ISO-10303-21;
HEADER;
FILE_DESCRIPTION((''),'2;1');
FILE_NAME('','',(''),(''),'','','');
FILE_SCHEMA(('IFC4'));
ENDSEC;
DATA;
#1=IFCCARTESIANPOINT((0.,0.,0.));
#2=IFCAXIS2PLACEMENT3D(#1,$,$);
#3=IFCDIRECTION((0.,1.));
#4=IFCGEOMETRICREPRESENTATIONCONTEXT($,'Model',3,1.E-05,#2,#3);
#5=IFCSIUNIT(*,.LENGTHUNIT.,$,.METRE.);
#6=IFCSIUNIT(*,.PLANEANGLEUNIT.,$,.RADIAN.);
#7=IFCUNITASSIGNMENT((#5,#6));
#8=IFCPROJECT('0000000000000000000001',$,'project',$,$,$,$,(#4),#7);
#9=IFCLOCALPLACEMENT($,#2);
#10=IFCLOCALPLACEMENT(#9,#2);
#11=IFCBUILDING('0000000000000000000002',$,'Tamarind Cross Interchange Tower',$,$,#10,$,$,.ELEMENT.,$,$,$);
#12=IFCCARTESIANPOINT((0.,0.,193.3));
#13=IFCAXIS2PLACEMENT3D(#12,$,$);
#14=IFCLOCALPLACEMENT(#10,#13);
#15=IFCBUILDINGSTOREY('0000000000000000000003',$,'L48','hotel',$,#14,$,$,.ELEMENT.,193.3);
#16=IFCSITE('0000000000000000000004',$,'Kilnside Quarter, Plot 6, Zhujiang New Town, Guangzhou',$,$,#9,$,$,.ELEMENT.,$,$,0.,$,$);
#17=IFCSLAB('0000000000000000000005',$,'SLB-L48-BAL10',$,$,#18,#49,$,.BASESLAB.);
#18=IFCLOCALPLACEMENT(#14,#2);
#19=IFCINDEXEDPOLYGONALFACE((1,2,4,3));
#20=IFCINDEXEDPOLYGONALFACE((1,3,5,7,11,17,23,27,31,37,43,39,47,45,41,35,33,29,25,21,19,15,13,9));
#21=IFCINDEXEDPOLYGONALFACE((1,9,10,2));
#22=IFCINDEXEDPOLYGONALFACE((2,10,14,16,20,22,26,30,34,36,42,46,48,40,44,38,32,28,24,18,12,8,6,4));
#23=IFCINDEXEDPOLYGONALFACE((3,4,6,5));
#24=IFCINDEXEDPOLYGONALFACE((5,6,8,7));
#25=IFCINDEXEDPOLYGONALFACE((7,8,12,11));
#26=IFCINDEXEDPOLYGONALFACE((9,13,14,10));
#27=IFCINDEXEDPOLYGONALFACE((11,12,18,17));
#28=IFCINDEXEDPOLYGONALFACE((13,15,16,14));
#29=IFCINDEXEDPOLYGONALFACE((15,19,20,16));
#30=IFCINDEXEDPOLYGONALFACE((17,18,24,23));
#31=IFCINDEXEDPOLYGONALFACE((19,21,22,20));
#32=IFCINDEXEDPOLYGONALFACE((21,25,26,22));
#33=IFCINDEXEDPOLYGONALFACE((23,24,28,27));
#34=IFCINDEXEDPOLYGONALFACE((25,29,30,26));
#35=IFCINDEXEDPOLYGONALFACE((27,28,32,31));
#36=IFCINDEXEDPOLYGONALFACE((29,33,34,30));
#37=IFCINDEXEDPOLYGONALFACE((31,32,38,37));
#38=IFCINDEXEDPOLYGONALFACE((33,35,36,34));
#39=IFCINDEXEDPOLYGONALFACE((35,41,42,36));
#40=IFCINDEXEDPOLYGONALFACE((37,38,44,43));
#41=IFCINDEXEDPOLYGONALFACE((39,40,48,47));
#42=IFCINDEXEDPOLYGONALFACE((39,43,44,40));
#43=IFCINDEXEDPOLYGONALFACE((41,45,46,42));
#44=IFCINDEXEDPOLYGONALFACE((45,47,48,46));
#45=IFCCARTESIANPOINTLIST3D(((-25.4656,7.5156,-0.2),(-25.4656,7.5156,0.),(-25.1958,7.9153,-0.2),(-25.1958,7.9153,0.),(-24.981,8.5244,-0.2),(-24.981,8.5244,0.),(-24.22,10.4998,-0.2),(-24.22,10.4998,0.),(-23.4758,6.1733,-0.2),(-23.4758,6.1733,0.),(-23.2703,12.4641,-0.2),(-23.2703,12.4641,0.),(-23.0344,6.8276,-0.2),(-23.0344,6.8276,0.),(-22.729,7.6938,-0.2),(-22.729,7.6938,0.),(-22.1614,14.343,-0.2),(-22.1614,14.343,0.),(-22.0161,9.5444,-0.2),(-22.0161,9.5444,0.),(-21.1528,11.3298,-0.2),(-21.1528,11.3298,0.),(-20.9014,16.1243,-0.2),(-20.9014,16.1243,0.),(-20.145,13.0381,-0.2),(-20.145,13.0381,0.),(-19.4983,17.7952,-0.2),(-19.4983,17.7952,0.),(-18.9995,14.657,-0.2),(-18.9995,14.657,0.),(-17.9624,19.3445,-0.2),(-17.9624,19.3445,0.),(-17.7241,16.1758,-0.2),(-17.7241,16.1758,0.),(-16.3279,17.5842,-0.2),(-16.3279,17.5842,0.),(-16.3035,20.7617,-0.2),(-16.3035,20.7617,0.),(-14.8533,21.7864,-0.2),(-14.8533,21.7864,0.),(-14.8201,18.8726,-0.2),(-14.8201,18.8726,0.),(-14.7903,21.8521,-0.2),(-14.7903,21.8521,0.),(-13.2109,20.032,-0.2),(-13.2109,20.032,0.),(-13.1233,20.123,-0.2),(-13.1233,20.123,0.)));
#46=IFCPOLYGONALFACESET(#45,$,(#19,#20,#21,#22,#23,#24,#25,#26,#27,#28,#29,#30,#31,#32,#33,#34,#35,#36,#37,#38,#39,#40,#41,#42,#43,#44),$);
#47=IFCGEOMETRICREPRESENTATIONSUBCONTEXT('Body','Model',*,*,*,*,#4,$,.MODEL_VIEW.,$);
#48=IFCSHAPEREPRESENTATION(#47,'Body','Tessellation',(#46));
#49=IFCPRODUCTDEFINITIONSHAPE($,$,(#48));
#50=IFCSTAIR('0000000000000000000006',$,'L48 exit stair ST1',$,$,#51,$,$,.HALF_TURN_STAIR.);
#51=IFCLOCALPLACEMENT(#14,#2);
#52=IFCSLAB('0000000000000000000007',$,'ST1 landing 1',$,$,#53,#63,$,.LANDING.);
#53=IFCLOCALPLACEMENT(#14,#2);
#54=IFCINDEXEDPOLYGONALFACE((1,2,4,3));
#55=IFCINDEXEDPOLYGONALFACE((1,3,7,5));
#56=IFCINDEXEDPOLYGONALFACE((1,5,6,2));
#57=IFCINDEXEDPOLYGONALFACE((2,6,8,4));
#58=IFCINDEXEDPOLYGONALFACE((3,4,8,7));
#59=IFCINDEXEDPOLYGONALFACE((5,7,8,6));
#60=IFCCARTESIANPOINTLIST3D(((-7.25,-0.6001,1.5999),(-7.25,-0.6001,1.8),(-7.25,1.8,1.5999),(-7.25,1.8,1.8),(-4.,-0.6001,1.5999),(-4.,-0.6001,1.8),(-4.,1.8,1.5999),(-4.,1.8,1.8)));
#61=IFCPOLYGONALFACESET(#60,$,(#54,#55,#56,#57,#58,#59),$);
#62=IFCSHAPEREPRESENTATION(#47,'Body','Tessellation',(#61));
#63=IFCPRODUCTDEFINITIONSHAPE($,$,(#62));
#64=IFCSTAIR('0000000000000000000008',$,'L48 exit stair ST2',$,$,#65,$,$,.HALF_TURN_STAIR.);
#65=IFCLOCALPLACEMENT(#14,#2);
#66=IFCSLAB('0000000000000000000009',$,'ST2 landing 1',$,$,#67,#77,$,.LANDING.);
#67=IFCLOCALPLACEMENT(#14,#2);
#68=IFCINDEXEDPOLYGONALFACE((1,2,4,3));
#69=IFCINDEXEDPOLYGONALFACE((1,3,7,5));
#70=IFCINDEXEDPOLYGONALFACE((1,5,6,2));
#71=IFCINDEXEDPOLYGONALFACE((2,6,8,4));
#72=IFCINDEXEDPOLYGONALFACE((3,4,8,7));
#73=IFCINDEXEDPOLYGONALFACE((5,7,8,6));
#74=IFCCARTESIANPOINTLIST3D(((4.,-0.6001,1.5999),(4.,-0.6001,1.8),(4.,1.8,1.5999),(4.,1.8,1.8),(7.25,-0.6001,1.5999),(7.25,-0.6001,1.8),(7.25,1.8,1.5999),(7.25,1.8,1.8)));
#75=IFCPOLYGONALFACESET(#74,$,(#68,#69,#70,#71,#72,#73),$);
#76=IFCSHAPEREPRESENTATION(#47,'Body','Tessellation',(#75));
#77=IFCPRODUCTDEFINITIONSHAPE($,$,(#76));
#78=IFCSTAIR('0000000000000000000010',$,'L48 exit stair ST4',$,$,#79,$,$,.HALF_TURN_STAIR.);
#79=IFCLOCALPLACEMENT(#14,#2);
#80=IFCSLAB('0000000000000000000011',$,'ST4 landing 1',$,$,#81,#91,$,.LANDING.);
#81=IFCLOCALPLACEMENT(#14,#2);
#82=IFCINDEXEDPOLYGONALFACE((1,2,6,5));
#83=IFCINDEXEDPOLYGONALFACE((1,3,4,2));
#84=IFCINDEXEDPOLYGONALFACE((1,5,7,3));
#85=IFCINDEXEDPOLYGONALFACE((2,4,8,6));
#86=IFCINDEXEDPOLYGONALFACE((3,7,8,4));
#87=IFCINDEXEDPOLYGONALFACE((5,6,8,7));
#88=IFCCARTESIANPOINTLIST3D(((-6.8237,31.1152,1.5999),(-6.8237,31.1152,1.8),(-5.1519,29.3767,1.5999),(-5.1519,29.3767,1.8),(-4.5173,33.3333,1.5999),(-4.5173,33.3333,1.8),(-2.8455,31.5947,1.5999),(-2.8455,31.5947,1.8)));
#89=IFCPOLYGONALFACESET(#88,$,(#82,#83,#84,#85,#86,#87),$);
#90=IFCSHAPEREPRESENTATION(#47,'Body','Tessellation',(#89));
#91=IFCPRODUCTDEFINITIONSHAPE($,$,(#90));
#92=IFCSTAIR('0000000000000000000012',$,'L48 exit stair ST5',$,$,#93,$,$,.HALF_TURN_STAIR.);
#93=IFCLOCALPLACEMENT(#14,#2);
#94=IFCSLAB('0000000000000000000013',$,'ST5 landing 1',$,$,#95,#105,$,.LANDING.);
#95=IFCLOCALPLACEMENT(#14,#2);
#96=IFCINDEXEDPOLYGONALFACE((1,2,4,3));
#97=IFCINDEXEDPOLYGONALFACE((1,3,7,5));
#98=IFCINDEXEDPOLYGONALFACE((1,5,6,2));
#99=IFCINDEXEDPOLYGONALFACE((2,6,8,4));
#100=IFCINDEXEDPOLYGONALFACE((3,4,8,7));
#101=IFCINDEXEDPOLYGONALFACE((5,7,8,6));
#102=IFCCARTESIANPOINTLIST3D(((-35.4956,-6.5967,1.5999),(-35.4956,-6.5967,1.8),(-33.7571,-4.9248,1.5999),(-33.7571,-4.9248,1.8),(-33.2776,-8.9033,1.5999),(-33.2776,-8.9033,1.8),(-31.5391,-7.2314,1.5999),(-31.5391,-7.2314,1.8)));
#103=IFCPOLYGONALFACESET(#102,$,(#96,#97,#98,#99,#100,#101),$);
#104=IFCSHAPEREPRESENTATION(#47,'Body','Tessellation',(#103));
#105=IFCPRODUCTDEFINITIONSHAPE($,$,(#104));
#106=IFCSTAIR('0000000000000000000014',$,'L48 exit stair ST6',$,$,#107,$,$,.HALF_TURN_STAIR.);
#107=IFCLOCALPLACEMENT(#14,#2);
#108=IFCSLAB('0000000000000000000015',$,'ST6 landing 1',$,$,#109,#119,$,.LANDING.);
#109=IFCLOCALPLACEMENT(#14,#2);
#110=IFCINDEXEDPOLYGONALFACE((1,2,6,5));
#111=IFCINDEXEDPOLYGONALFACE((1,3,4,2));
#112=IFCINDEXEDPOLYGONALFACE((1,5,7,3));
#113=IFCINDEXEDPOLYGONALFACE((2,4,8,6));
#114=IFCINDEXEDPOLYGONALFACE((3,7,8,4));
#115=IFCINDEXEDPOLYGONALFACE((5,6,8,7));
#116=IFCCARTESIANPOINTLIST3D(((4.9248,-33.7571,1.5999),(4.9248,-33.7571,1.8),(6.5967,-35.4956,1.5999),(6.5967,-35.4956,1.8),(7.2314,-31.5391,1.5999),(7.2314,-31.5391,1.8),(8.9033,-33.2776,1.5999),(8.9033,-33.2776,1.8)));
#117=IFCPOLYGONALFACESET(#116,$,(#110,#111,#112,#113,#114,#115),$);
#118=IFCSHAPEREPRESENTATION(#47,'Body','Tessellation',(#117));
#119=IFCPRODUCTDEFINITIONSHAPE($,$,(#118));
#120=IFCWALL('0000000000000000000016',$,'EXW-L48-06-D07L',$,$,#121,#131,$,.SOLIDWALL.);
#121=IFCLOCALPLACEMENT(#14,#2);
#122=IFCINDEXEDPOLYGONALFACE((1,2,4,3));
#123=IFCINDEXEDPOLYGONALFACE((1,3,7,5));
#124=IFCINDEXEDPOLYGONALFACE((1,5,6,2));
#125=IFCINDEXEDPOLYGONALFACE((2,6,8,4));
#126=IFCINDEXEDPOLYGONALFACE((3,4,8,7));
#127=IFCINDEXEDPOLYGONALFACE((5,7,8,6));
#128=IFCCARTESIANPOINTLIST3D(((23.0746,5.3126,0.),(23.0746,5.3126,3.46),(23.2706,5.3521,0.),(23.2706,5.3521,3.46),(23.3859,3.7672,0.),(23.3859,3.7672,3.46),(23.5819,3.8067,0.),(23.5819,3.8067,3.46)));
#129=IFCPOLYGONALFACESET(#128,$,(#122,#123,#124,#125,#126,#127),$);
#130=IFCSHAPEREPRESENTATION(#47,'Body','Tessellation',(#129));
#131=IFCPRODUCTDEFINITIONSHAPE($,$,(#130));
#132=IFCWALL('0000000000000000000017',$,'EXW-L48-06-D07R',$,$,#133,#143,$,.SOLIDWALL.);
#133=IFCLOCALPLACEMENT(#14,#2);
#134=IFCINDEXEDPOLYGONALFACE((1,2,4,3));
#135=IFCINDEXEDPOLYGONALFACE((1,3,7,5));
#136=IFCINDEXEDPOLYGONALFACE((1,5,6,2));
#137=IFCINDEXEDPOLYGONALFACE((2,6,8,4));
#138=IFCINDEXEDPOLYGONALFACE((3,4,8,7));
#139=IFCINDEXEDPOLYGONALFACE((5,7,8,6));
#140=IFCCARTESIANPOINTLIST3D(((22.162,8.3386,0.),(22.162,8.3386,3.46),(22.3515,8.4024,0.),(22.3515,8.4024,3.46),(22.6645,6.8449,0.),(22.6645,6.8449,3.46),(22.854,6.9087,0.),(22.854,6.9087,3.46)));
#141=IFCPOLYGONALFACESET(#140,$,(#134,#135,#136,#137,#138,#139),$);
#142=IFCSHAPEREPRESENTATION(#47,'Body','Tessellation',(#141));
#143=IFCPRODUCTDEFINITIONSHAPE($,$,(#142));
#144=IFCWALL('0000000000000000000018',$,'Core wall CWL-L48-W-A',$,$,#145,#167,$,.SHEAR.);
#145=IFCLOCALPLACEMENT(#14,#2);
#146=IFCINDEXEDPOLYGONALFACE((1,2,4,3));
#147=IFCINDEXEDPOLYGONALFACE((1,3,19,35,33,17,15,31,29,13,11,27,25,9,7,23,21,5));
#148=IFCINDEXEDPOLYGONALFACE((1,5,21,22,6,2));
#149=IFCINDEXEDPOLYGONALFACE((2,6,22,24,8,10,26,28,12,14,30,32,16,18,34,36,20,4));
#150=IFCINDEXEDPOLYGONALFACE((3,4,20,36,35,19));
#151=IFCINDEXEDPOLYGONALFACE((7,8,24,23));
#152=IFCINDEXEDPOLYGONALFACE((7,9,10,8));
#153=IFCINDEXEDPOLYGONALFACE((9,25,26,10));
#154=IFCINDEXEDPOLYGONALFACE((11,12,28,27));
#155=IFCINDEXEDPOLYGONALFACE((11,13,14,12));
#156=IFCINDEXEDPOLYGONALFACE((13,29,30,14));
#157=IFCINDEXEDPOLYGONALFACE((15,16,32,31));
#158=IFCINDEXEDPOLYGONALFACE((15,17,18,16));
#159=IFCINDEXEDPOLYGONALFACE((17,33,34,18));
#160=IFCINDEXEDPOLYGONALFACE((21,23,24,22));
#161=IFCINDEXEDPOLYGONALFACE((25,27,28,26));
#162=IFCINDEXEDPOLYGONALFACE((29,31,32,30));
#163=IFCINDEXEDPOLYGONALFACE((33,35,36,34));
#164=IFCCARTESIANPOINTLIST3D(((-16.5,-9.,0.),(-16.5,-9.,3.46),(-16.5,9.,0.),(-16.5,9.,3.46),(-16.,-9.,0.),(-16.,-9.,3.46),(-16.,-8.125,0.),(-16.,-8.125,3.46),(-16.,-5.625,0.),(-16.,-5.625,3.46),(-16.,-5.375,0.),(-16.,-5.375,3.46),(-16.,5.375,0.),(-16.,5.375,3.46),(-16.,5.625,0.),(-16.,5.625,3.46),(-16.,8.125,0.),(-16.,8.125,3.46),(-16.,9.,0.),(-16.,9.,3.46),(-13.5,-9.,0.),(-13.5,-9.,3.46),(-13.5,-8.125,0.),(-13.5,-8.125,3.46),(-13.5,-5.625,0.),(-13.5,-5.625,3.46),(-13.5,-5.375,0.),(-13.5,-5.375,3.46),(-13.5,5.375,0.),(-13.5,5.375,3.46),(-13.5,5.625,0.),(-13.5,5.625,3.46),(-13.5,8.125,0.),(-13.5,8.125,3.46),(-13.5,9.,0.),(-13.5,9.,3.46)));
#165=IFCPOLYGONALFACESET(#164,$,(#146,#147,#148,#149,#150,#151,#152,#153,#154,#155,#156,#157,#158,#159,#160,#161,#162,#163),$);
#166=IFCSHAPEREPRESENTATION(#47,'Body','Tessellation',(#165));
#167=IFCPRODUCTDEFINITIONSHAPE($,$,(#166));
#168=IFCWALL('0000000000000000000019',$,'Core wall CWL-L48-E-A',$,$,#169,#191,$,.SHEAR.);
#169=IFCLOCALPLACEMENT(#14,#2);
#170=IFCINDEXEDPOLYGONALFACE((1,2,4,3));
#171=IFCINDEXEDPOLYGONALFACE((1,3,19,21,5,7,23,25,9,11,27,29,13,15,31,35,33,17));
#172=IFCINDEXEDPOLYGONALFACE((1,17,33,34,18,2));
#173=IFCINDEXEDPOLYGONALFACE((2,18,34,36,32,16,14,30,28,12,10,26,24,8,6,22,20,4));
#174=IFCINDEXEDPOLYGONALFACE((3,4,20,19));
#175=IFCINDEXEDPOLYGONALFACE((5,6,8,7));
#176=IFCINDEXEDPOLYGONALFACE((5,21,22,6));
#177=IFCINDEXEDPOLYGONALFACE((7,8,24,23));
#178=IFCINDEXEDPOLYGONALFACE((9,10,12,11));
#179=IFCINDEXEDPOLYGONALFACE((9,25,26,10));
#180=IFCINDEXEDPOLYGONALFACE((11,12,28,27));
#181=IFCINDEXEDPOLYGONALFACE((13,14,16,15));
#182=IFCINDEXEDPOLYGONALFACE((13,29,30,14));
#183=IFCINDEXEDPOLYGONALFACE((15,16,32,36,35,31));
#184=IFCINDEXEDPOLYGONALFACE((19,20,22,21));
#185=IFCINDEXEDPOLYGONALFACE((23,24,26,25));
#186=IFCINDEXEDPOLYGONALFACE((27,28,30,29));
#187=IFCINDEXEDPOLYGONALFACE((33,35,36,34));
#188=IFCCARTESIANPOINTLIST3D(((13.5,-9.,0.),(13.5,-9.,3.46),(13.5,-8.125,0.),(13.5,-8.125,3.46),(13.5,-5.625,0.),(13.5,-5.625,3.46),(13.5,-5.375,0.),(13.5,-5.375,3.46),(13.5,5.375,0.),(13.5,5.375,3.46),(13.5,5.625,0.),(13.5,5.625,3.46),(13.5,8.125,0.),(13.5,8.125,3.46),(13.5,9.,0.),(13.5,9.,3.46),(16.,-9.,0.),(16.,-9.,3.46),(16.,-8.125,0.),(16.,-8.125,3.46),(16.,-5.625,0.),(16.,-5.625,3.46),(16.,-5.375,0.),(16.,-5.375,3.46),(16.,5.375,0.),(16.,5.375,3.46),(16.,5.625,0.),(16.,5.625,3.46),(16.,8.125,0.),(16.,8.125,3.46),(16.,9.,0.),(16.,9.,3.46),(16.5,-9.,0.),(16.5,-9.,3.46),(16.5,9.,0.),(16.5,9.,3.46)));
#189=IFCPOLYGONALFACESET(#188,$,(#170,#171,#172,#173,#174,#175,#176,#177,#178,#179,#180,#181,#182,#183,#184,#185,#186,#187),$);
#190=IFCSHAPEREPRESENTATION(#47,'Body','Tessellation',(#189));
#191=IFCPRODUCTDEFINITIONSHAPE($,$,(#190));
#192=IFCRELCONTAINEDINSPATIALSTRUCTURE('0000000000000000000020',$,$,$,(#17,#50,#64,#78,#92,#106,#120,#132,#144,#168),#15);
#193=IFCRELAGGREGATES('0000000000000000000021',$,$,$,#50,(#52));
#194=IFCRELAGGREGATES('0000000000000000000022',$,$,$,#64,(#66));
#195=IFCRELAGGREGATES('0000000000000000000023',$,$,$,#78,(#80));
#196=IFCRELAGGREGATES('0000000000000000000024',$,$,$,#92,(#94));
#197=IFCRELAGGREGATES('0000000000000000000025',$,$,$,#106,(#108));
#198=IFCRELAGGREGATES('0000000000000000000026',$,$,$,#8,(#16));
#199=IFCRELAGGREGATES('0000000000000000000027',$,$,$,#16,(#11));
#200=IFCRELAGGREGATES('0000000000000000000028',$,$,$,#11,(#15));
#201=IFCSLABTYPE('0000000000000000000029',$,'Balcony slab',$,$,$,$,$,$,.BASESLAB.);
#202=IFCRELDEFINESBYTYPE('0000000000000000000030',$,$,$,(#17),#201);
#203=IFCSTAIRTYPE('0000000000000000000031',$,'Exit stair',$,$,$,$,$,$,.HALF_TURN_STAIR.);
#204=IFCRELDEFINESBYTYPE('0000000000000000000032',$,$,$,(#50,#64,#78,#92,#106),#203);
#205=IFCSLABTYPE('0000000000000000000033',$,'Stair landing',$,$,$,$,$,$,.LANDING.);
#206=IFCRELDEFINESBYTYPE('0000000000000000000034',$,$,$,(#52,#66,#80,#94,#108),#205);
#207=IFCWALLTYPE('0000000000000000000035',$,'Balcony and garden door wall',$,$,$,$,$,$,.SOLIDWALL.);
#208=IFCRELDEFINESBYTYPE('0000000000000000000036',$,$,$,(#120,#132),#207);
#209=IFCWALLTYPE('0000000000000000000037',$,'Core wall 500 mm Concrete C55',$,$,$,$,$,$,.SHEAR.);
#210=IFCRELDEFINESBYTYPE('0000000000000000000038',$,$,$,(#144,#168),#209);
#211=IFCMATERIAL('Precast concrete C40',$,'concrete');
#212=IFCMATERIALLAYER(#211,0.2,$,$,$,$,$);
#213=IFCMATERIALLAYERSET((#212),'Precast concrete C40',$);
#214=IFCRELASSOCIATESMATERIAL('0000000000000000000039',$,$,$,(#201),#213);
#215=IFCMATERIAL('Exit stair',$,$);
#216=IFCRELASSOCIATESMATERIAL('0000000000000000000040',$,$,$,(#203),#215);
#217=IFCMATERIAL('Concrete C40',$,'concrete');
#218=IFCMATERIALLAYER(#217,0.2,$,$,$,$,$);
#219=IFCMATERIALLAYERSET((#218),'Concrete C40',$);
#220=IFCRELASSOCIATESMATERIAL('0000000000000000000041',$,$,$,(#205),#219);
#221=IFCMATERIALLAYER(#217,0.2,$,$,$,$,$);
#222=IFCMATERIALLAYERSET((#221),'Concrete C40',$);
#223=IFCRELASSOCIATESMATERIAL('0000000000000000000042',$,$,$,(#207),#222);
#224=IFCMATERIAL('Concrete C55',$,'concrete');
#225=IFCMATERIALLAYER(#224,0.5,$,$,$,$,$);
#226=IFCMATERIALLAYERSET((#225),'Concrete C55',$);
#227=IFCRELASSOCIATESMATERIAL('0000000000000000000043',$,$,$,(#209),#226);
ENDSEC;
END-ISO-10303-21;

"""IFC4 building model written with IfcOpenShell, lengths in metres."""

from ifc_helpers import new_model, si_unit, direction, frame, frame_2d, origin, place, context, subcontext, project, spatial, polyline, rectangle, outline, extrude, material, layer, layer_set, type_object, element, aggregate, save


model = new_model("IFC4")

# Units and contexts
model_context = context("Model", 3, precision=1e-05, world=origin(), true_north=direction((0.0, 1.0)))
body_context = subcontext(model_context, "Body", "Model", "MODEL_VIEW")
ifc_project = project(units=[si_unit("LENGTHUNIT", "METRE"), si_unit("PLANEANGLEUNIT", "RADIAN")], contexts=[model_context])

# Site, building, storey
site_placement = place(None, origin())
site = spatial("IfcSite", under=ifc_project, at=site_placement, Name="Kilnside Quarter, Plot 6, Zhujiang New Town, Guangzhou", CompositionType="ELEMENT", RefElevation=0.0)
building_placement = place(site_placement, origin())
building = spatial("IfcBuilding", under=site, at=building_placement, Name="Tamarind Cross Interchange Tower", CompositionType="ELEMENT")
storey_placement = place(building_placement, frame((0.0, 0.0, 193.3)))
storey = spatial("IfcBuildingStorey", under=building, at=storey_placement, Name="L48", Description="hotel", CompositionType="ELEMENT", Elevation=193.3)

# Shared definitions
ifc_material_1 = material(Name="Concrete C55", Category="concrete")

# Slab
ifc_material_2 = material(Name="Precast concrete C40", Category="concrete")
ifc_layer_1 = layer(ifc_material_2, 0.2)
ifc_layer_set_1 = layer_set([ifc_layer_1], Name="Precast concrete C40")
slab_type_1 = type_object("IfcSlabType", Name="Balcony slab", PredefinedType="BASESLAB", material=ifc_layer_set_1)
slab_1_placement = place(storey_placement, frame((0.0, 0.0, -0.2)))
element("IfcSlab", 1, at=slab_1_placement, inside=storey, type_object=slab_type_1, Name="SLB-L48-BAL10", PredefinedType="BASESLAB", context=body_context, shape_type="SweptSolid", body=[
    extrude(outline(polyline([(-13.1233, 20.123), (-13.2109, 20.032), (-14.8201, 18.8726), (-16.3279, 17.5842), (-17.7241, 16.1758), (-18.9995, 14.657), (-20.145, 13.0381), (-21.1528, 11.3298), (-22.0161, 9.5444), (-22.729, 7.6938), (-23.0344, 6.8276), (-23.4758, 6.1733), (-25.4656, 7.5156), (-25.1958, 7.9153), (-24.981, 8.5244), (-24.22, 10.4998), (-23.2703, 12.4641), (-22.1614, 14.343), (-20.9014, 16.1243), (-19.4983, 17.7952), (-17.9624, 19.3445), (-16.3035, 20.7617), (-14.7903, 21.8521), (-14.8533, 21.7864), (-13.1233, 20.123)])), origin(), (0.0, 0.0, 1.0), 0.2),
])

# Stairs, slabs
ifc_material_3 = material(Name="Exit stair")
stair_type = type_object("IfcStairType", Name="Exit stair", PredefinedType="HALF_TURN_STAIR", material=ifc_material_3)
stair_1_placement = place(storey_placement, origin())
stair_1 = element("IfcStair", 2, at=stair_1_placement, inside=storey, type_object=stair_type, Name="L48 exit stair ST1", PredefinedType="HALF_TURN_STAIR")
ifc_material_4 = material(Name="Concrete C40", Category="concrete")
ifc_layer_2 = layer(ifc_material_4, 0.2)
ifc_layer_set_2 = layer_set([ifc_layer_2], Name="Concrete C40")
slab_type_2 = type_object("IfcSlabType", Name="Stair landing", PredefinedType="LANDING", material=ifc_layer_set_2)
slab_2_placement = place(storey_placement, frame((0.0, 0.0, 1.5999)))
slab_2 = element("IfcSlab", 3, at=slab_2_placement, type_object=slab_type_2, Name="ST1 landing 1", PredefinedType="LANDING", context=body_context, shape_type="SweptSolid", body=[
    extrude(outline(polyline([(-4.0, -0.6001), (-4.0, 1.8), (-7.25, 1.8), (-7.25, -0.6001), (-4.0, -0.6001)])), origin(), (0.0, 0.0, 1.0), 0.2002),
])
aggregate(stair_1, [slab_2])
stair_2_placement = place(storey_placement, origin())
stair_2 = element("IfcStair", 4, at=stair_2_placement, inside=storey, type_object=stair_type, Name="L48 exit stair ST2", PredefinedType="HALF_TURN_STAIR")
slab_3_placement = place(storey_placement, frame((0.0, 0.0, 1.5999)))
slab_3 = element("IfcSlab", 5, at=slab_3_placement, type_object=slab_type_2, Name="ST2 landing 1", PredefinedType="LANDING", context=body_context, shape_type="SweptSolid", body=[
    extrude(outline(polyline([(7.25, -0.6001), (7.25, 1.8), (4.0, 1.8), (4.0, -0.6001), (7.25, -0.6001)])), origin(), (0.0, 0.0, 1.0), 0.2002),
])
aggregate(stair_2, [slab_3])
stair_3_placement = place(storey_placement, origin())
stair_3 = element("IfcStair", 6, at=stair_3_placement, inside=storey, type_object=stair_type, Name="L48 exit stair ST4", PredefinedType="HALF_TURN_STAIR")
slab_4_placement = place(storey_placement, frame((0.0, 0.0, 1.5999)))
slab_4 = element("IfcSlab", 7, at=slab_4_placement, type_object=slab_type_2, Name="ST4 landing 1", PredefinedType="LANDING", context=body_context, shape_type="SweptSolid", body=[
    extrude(outline(polyline([(-2.8455, 31.5947), (-4.5173, 33.3333), (-6.8237, 31.1152), (-5.1519, 29.3767), (-2.8455, 31.5947)])), origin(), (0.0, 0.0, 1.0), 0.2002),
])
aggregate(stair_3, [slab_4])
stair_4_placement = place(storey_placement, origin())
stair_4 = element("IfcStair", 8, at=stair_4_placement, inside=storey, type_object=stair_type, Name="L48 exit stair ST5", PredefinedType="HALF_TURN_STAIR")
slab_5_placement = place(storey_placement, frame((0.0, 0.0, 1.5999)))
slab_5 = element("IfcSlab", 9, at=slab_5_placement, type_object=slab_type_2, Name="ST5 landing 1", PredefinedType="LANDING", context=body_context, shape_type="SweptSolid", body=[
    extrude(outline(polyline([(-33.7571, -4.9248), (-35.4956, -6.5967), (-33.2776, -8.9033), (-31.5391, -7.2314), (-33.7571, -4.9248)])), origin(), (0.0, 0.0, 1.0), 0.2002),
])
aggregate(stair_4, [slab_5])
stair_5_placement = place(storey_placement, origin())
stair_5 = element("IfcStair", 10, at=stair_5_placement, inside=storey, type_object=stair_type, Name="L48 exit stair ST6", PredefinedType="HALF_TURN_STAIR")
slab_6_placement = place(storey_placement, frame((0.0, 0.0, 1.5999)))
slab_6 = element("IfcSlab", 11, at=slab_6_placement, type_object=slab_type_2, Name="ST6 landing 1", PredefinedType="LANDING", context=body_context, shape_type="SweptSolid", body=[
    extrude(outline(polyline([(4.9248, -33.7571), (6.5967, -35.4956), (8.9033, -33.2776), (7.2314, -31.5391), (4.9248, -33.7571)])), origin(), (0.0, 0.0, 1.0), 0.2002),
])
aggregate(stair_5, [slab_6])

# Walls
ifc_layer_3 = layer(ifc_material_4, 0.2)
ifc_layer_set_3 = layer_set([ifc_layer_3], Name="Concrete C40")
wall_type_1 = type_object("IfcWallType", Name="Balcony and garden door wall", PredefinedType="SOLIDWALL", material=ifc_layer_set_3)
wall_1_placement = place(storey_placement, frame((23.4839, 3.7871, 0.0), z_axis=(0.0, 0.0, 1.0), x_axis=(-0.197456, 0.980312, 0.0)))
element("IfcWall", 12, at=wall_1_placement, inside=storey, type_object=wall_type_1, Name="EXW-L48-06-D07L", PredefinedType="SOLIDWALL", context=body_context, shape_type="SweptSolid", body=[
    extrude(rectangle(XDim=1.5764, YDim=0.2, at=frame_2d((0.7881, 0.0))), origin(), (0.0, 0.0, 1.0), 3.46),
])
wall_2_placement = place(storey_placement, frame((22.7593, 6.8767, 0.0), z_axis=(0.0, 0.0, 1.0), x_axis=(-0.318829, 0.947812, 0.0)))
element("IfcWall", 13, at=wall_2_placement, inside=storey, type_object=wall_type_1, Name="EXW-L48-06-D07R", PredefinedType="SOLIDWALL", context=body_context, shape_type="SweptSolid", body=[
    extrude(rectangle(XDim=1.5759, YDim=0.2, at=frame_2d((0.7881, 0.0))), origin(), (0.0, 0.0, 1.0), 3.46),
])

# Walls
ifc_layer_4 = layer(ifc_material_1, 0.5)
ifc_layer_set_4 = layer_set([ifc_layer_4], Name="Concrete C55")
wall_type_2 = type_object("IfcWallType", Name="Core wall 500 mm Concrete C55", PredefinedType="SHEAR", material=ifc_layer_set_4)
wall_3_placement = place(storey_placement, origin())
element("IfcWall", 14, at=wall_3_placement, inside=storey, type_object=wall_type_2, Name="Core wall CWL-L48-W-A", PredefinedType="SHEAR", context=body_context, shape_type="SweptSolid", body=[
    extrude(outline(polyline([(-13.5, -8.125), (-16.0, -8.125), (-16.0, -5.625), (-13.5, -5.625), (-13.5, -5.375), (-16.0, -5.375), (-16.0, 5.375), (-13.5, 5.375), (-13.5, 5.625), (-16.0, 5.625), (-16.0, 8.125), (-13.5, 8.125), (-13.5, 9.0), (-16.0, 9.0), (-16.5, 9.0), (-16.5, -9.0), (-16.0, -9.0), (-13.5, -9.0), (-13.5, -8.125)])), origin(), (0.0, 0.0, 1.0), 3.46),
])
wall_4_placement = place(storey_placement, origin())
element("IfcWall", 15, at=wall_4_placement, inside=storey, type_object=wall_type_2, Name="Core wall CWL-L48-E-A", PredefinedType="SHEAR", context=body_context, shape_type="SweptSolid", body=[
    extrude(outline(polyline([(13.5, -8.125), (13.5, -9.0), (16.0, -9.0), (16.5, -9.0), (16.5, 9.0), (16.0, 9.0), (13.5, 9.0), (13.5, 8.125), (16.0, 8.125), (16.0, 5.625), (13.5, 5.625), (13.5, 5.375), (16.0, 5.375), (16.0, -5.375), (13.5, -5.375), (13.5, -5.625), (16.0, -5.625), (16.0, -8.125), (13.5, -8.125)])), origin(), (0.0, 0.0, 1.0), 3.46),
])

save(model, "model.ifc")
